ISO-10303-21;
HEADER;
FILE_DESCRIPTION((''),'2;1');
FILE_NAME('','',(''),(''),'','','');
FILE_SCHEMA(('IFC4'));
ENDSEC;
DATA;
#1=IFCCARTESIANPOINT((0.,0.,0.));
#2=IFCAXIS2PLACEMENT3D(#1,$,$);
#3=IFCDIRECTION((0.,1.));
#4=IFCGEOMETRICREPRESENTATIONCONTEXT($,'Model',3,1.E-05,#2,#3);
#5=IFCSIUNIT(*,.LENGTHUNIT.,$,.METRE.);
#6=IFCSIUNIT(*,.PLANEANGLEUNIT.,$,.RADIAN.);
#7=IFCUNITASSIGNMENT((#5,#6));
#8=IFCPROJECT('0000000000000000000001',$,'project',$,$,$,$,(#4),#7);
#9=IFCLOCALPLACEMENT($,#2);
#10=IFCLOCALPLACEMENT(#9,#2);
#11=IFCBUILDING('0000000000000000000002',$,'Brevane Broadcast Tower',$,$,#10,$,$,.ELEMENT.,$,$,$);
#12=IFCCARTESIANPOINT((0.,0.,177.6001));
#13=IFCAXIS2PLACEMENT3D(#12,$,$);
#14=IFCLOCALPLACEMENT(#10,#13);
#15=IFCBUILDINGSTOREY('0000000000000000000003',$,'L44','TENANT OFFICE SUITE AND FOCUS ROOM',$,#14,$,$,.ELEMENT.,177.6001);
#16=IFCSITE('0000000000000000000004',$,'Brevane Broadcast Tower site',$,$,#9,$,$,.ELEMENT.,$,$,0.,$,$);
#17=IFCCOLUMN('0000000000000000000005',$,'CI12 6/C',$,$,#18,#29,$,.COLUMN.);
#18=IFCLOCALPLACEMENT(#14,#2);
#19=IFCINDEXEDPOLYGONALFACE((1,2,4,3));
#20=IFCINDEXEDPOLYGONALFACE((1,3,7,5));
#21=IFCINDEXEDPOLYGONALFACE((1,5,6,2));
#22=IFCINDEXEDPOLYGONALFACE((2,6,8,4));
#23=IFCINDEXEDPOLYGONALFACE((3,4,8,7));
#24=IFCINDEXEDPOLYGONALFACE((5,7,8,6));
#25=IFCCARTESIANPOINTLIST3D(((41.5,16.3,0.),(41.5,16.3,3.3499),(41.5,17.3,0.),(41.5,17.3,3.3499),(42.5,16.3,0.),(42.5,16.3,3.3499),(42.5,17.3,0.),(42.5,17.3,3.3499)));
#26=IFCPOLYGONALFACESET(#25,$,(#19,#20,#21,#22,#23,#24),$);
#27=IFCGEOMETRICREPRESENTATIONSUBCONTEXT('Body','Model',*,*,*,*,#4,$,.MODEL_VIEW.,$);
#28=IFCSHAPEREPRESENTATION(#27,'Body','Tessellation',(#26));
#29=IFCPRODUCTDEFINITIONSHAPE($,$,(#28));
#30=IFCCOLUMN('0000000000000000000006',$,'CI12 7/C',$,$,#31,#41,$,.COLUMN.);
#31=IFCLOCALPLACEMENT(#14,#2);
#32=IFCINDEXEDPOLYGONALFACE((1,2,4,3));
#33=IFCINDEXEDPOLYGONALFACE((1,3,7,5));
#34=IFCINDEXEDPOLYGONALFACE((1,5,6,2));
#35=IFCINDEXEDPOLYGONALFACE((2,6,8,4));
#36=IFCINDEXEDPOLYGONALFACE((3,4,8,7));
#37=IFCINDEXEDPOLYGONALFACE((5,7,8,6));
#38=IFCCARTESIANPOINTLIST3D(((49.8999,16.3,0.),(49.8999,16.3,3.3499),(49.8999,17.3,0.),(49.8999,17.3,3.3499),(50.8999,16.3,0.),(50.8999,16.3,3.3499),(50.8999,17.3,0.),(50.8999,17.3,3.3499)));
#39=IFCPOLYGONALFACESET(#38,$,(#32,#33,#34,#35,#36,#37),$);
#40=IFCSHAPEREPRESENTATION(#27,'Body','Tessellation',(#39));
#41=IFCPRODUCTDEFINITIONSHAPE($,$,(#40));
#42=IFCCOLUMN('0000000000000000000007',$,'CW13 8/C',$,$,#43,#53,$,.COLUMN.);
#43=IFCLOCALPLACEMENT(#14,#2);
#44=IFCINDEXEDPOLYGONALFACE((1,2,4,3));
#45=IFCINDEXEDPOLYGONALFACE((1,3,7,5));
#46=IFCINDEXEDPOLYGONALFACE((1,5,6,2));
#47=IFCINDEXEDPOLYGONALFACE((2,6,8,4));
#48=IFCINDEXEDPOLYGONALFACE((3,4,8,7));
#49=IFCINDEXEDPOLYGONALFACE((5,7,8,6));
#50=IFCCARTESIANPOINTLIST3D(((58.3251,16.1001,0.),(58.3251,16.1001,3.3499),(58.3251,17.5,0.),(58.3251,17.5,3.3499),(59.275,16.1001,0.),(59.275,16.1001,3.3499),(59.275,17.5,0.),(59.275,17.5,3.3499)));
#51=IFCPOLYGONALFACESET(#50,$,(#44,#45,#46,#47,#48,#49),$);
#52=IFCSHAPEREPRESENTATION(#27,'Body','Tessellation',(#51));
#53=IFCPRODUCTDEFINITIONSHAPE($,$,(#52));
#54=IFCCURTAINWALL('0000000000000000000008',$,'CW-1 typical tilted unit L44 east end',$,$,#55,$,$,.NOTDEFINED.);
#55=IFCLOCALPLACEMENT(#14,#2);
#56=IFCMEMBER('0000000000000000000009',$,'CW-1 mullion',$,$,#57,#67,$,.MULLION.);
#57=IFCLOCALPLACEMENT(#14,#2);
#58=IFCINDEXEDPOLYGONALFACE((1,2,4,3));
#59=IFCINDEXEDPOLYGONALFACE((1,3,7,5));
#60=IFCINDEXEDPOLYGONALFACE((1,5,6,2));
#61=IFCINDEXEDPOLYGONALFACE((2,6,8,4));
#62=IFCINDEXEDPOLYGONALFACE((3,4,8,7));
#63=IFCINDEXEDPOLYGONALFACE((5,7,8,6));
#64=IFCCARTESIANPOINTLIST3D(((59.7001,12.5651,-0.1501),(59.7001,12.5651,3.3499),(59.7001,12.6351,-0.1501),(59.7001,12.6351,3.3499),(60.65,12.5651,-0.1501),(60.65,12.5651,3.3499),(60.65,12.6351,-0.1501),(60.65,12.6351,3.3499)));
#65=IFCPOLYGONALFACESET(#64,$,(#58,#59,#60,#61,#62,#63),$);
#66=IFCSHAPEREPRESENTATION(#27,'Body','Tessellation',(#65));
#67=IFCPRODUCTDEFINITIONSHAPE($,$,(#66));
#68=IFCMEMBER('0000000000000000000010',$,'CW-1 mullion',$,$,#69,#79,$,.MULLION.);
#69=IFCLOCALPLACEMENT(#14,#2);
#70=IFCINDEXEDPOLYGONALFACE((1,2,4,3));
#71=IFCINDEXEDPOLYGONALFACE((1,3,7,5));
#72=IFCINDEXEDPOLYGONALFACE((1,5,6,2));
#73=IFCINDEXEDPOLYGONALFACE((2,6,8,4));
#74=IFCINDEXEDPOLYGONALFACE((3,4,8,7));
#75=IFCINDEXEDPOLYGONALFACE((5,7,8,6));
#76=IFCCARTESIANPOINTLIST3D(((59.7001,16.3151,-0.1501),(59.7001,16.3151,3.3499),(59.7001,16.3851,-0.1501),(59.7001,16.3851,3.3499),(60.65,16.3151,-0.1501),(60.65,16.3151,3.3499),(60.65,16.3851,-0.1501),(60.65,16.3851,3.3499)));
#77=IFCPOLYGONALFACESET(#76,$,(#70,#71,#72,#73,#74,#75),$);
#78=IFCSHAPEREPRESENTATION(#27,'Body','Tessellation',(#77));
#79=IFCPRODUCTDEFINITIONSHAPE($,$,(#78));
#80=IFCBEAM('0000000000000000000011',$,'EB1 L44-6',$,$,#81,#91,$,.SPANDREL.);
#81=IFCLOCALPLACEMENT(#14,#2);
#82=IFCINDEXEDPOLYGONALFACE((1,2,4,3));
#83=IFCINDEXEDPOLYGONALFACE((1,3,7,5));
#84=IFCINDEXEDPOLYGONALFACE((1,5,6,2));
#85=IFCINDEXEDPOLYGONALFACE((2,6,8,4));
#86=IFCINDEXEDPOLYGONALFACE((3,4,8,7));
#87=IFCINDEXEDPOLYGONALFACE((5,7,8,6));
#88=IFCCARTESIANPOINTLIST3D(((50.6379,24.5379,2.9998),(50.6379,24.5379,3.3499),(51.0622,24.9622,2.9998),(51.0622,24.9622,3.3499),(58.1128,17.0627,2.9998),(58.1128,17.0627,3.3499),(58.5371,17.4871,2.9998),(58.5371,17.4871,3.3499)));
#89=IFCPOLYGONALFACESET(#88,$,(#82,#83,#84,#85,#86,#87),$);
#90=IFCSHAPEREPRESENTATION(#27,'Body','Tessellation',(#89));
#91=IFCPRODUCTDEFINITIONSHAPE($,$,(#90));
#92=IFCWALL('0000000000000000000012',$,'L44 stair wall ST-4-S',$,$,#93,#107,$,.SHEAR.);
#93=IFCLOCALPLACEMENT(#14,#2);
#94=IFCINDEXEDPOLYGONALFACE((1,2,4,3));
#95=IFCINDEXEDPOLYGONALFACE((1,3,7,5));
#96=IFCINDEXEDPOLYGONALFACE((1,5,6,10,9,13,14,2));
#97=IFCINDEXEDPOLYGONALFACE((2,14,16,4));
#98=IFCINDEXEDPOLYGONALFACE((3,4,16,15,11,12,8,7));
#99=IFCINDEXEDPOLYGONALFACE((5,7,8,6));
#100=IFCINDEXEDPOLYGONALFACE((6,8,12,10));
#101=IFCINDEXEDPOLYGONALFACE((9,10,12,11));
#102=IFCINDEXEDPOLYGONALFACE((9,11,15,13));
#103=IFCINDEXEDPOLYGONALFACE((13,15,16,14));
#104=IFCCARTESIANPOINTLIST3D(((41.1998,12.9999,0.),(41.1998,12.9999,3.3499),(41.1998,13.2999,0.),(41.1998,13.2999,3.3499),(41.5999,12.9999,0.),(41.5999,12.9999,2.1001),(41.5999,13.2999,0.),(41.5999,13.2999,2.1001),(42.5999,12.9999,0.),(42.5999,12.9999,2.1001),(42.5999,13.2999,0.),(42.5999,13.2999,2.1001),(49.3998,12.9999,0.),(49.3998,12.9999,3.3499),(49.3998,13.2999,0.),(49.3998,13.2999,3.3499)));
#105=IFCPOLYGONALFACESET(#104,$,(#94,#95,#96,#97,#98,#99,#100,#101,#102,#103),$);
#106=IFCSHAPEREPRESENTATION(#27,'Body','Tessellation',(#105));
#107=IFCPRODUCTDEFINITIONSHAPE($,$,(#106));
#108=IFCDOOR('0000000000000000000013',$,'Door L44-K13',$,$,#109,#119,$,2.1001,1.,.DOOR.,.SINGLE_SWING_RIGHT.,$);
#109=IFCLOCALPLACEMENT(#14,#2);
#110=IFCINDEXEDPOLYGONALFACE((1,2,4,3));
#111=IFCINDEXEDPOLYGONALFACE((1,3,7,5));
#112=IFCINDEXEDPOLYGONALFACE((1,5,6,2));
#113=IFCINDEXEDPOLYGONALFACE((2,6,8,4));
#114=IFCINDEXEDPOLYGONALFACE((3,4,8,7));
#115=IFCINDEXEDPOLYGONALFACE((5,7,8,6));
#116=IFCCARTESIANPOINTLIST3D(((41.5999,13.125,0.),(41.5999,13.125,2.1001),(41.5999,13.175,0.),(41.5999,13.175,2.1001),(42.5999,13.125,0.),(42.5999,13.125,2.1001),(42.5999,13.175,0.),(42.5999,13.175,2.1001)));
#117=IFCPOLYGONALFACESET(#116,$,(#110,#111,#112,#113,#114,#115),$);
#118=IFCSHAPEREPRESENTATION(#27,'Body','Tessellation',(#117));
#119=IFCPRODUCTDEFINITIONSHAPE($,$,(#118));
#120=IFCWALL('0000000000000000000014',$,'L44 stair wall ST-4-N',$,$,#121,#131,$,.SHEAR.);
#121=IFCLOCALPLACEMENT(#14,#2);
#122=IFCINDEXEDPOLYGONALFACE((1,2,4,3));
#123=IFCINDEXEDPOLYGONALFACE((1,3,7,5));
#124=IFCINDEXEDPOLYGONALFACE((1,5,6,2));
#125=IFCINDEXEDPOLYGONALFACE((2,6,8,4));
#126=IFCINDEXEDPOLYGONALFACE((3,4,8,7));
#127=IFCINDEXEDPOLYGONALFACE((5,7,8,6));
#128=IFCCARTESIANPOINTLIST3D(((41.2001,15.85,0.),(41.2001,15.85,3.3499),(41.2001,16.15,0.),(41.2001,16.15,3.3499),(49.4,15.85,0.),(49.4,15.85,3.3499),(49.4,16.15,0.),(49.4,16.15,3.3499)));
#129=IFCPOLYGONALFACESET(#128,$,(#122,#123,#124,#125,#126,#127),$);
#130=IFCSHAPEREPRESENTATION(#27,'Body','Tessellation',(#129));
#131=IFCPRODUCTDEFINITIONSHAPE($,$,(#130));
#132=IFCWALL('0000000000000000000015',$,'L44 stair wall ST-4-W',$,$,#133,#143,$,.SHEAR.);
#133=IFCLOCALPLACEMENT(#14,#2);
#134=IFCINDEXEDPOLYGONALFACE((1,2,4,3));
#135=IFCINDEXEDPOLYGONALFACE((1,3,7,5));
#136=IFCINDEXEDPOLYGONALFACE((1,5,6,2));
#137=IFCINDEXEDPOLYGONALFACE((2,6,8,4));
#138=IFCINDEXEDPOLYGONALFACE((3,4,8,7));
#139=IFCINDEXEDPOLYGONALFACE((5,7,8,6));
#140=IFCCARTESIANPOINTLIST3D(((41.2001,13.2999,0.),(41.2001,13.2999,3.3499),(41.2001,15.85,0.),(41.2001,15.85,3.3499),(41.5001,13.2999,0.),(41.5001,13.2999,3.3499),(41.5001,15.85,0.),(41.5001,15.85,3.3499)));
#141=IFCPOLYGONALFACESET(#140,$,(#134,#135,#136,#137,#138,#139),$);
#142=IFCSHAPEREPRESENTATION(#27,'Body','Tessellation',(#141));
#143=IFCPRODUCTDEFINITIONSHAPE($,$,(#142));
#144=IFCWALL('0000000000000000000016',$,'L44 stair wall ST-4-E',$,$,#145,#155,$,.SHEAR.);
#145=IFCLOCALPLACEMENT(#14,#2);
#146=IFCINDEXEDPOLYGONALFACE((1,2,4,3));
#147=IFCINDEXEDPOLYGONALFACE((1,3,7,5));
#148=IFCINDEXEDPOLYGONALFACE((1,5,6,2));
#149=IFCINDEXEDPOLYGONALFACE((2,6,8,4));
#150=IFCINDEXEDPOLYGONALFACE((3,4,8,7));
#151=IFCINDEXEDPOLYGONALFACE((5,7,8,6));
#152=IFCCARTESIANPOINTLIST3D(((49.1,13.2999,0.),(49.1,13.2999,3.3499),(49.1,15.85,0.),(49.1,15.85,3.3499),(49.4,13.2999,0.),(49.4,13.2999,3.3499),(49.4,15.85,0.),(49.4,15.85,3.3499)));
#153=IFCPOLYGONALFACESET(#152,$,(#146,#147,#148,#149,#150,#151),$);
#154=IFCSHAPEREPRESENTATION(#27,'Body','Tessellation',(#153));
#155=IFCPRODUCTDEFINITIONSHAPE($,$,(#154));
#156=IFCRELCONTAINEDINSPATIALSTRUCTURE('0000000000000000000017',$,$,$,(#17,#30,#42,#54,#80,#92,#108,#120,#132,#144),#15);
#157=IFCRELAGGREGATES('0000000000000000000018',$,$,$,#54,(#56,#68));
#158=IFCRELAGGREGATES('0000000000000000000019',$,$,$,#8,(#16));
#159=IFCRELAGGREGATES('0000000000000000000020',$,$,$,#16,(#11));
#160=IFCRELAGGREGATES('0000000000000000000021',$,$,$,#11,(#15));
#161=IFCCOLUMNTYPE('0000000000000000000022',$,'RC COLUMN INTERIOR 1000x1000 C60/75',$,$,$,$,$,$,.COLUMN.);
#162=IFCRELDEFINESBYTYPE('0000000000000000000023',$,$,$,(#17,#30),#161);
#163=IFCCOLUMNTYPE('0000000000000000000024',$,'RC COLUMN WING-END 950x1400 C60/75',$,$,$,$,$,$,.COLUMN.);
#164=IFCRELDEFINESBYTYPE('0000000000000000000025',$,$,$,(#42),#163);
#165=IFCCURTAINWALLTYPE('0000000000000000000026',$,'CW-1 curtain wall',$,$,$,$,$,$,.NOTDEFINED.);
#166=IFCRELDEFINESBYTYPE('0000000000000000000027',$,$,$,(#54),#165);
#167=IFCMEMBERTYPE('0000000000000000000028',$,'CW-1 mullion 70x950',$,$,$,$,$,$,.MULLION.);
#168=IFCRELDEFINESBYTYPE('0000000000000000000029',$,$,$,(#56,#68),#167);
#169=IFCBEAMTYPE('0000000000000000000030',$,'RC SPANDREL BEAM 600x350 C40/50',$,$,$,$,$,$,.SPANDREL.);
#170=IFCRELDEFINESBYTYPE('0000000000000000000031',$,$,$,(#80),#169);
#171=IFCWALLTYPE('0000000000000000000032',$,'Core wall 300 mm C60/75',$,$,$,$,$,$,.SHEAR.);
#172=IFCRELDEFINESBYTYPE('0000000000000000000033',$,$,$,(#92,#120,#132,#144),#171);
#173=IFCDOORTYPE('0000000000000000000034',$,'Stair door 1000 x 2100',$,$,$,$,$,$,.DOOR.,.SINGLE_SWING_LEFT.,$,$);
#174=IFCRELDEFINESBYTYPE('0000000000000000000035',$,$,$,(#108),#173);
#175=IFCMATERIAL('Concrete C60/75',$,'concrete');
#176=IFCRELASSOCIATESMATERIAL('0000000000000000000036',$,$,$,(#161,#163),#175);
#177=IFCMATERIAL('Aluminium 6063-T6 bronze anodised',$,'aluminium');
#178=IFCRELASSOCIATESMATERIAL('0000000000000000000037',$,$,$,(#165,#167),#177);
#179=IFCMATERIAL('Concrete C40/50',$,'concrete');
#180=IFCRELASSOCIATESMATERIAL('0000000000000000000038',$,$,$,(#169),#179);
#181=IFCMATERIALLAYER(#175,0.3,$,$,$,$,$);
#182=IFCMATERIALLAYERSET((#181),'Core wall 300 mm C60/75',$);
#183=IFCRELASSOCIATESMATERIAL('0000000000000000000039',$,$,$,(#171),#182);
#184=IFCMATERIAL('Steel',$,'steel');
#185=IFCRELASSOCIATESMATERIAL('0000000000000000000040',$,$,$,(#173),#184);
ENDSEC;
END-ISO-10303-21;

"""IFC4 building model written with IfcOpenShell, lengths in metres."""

from ifc_helpers import new_model, si_unit, direction, frame, frame_2d, origin, origin_2d, place, context, subcontext, project, spatial, rectangle, extrude, material, layer, layer_set, material_profile, profile_set, type_object, element, fill, aggregate, save


model = new_model("IFC4")

# Units and contexts
model_context = context("Model", 3, precision=1e-05, world=origin(), true_north=direction((0.0, 1.0)))
body_context = subcontext(model_context, "Body", "Model", "MODEL_VIEW")
ifc_project = project(units=[si_unit("LENGTHUNIT", "METRE"), si_unit("PLANEANGLEUNIT", "RADIAN")], contexts=[model_context])

# Site, building, storey
site_placement = place(None, origin())
site = spatial("IfcSite", under=ifc_project, at=site_placement, Name="Brevane Broadcast Tower site", CompositionType="ELEMENT", RefElevation=0.0)
building_placement = place(site_placement, origin())
building = spatial("IfcBuilding", under=site, at=building_placement, Name="Brevane Broadcast Tower", CompositionType="ELEMENT")
storey_placement = place(building_placement, frame((0.0, 0.0, 177.6001)))
storey = spatial("IfcBuildingStorey", under=building, at=storey_placement, Name="L44", Description="TENANT OFFICE SUITE AND FOCUS ROOM", CompositionType="ELEMENT", Elevation=177.6001)

# Columns
ifc_material_1 = material(Name="Concrete C60/75", Category="concrete")
ifc_material_profile_1 = material_profile(ifc_material_1, rectangle(XDim=1.0, YDim=1.0, at=origin_2d()), Name="RC 1000x1000")
ifc_profile_set_1 = profile_set([ifc_material_profile_1], Name="Concrete C60/75")
column_type_1 = type_object("IfcColumnType", Name="RC COLUMN INTERIOR 1000x1000 C60/75", PredefinedType="COLUMN", material=ifc_profile_set_1)
for number, where, z_axis, x_axis, name in (
    (1, (42.0, 16.8, 0.0), (0.0, 0.0, 1.0), (1.0, 0.0, 0.0), "CI12 6/C"),
    (2, (50.3999, 16.8, 0.0), (0.0, 0.0, 1.0), (1.0, 0.0, 0.0), "CI12 7/C"),
):
    element("IfcColumn", number, at=place(storey_placement, frame(where, z_axis=z_axis, x_axis=x_axis)), inside=storey, type_object=column_type_1, Name=name, PredefinedType="COLUMN", context=body_context, shape_type="SweptSolid", body=[
        extrude(rectangle(XDim=1.0, YDim=1.0, at=origin_2d()), origin(), (0.0, 0.0, 1.0), 3.3499),
    ])
ifc_material_profile_2 = material_profile(ifc_material_1, rectangle(XDim=0.95, YDim=1.3999, at=origin_2d()), Name="RC 950x1400")
ifc_profile_set_2 = profile_set([ifc_material_profile_2], Name="Concrete C60/75")
column_type_2 = type_object("IfcColumnType", Name="RC COLUMN WING-END 950x1400 C60/75", PredefinedType="COLUMN", material=ifc_profile_set_2)
column_placement = place(storey_placement, frame((58.8, 16.8, 0.0), z_axis=(0.0, 0.0, 1.0), x_axis=(1.0, 0.0, 0.0)))
element("IfcColumn", 3, at=column_placement, inside=storey, type_object=column_type_2, Name="CW13 8/C", PredefinedType="COLUMN", context=body_context, shape_type="SweptSolid", body=[
    extrude(rectangle(XDim=0.95, YDim=1.3999, at=origin_2d()), origin(), (0.0, 0.0, 1.0), 3.3499),
])

# Curtain wall, members
ifc_material_2 = material(Name="Aluminium 6063-T6 bronze anodised", Category="aluminium")
curtain_wall_type = type_object("IfcCurtainWallType", Name="CW-1 curtain wall", PredefinedType="NOTDEFINED", material=ifc_material_2)
curtain_wall_placement = place(storey_placement, origin())
curtain_wall = element("IfcCurtainWall", 4, at=curtain_wall_placement, inside=storey, type_object=curtain_wall_type, Name="CW-1 typical tilted unit L44 east end", PredefinedType="NOTDEFINED")
ifc_material_profile_3 = material_profile(ifc_material_2, rectangle(XDim=0.95, YDim=0.0701, at=origin_2d()), Name="RECT 70x950")
ifc_profile_set_3 = profile_set([ifc_material_profile_3], Name="Aluminium 6063-T6 bronze anodised")
member_type = type_object("IfcMemberType", Name="CW-1 mullion 70x950", PredefinedType="MULLION", material=ifc_profile_set_3)
member_1_placement = place(storey_placement, frame((60.175, 12.6001, -0.1501), z_axis=(0.0, 0.0, 1.0), x_axis=(-1.0, 0.0, 0.0)))
member_1 = element("IfcMember", 5, at=member_1_placement, type_object=member_type, Name="CW-1 mullion", PredefinedType="MULLION", context=body_context, shape_type="SweptSolid", body=[
    extrude(rectangle(XDim=0.95, YDim=0.0701, at=origin_2d()), origin(), (0.0, 0.0, 1.0), 3.5),
])
member_2_placement = place(storey_placement, frame((60.175, 16.3501, -0.1501), z_axis=(0.0, 0.0, 1.0), x_axis=(-1.0, 0.0, 0.0)))
member_2 = element("IfcMember", 6, at=member_2_placement, type_object=member_type, Name="CW-1 mullion", PredefinedType="MULLION", context=body_context, shape_type="SweptSolid", body=[
    extrude(rectangle(XDim=0.95, YDim=0.0701, at=origin_2d()), origin(), (0.0, 0.0, 1.0), 3.5),
])
aggregate(curtain_wall, [member_1, member_2])

# Beam
ifc_material_3 = material(Name="Concrete C40/50", Category="concrete")
ifc_material_profile_4 = material_profile(ifc_material_3, rectangle(XDim=0.6001, YDim=0.3501, at=origin_2d()), Name="RC 600x350")
ifc_profile_set_4 = profile_set([ifc_material_profile_4], Name="Concrete C40/50")
beam_type = type_object("IfcBeamType", Name="RC SPANDREL BEAM 600x350 C40/50", PredefinedType="SPANDREL", material=ifc_profile_set_4)
beam_placement = place(storey_placement, frame((58.325, 17.2749, 3.1748), z_axis=(-0.707095, 0.707118, 0.0), x_axis=(-0.707118, -0.707095, 0.0)))
element("IfcBeam", 7, at=beam_placement, inside=storey, type_object=beam_type, Name="EB1 L44-6", PredefinedType="SPANDREL", context=body_context, shape_type="SweptSolid", body=[
    extrude(rectangle(XDim=0.6001, YDim=0.3501, at=origin_2d()), origin(), (0.0, 0.0, 1.0), 10.5713),
])

# Wall, opening, door
ifc_layer_1 = layer(ifc_material_1, 0.3)
ifc_layer_set_1 = layer_set([ifc_layer_1], Name="Core wall 300 mm C60/75")
wall_type_1 = type_object("IfcWallType", Name="Core wall 300 mm C60/75", PredefinedType="SHEAR", material=ifc_layer_set_1)
wall_1_placement = place(storey_placement, frame((49.3999, 13.1499, 0.0), z_axis=(0.0, 0.0, 1.0), x_axis=(-1.0, 0.0, 0.0)))
wall_1 = element("IfcWall", 8, at=wall_1_placement, inside=storey, type_object=wall_type_1, Name="L44 stair wall ST-4-S", PredefinedType="SHEAR", context=body_context, shape_type="SweptSolid", body=[
    extrude(rectangle(XDim=8.2, YDim=0.3, at=frame_2d((4.1001, 0.0))), origin(), (0.0, 0.0, 1.0), 3.3499),
])
opening_1_placement = place(wall_1_placement, frame((6.8, 0.0, 0.0)))
opening_1 = element("IfcOpeningElement", 9, at=opening_1_placement, cuts=wall_1, PredefinedType="OPENING", context=body_context, shape_type="SweptSolid", body=[
    extrude(rectangle(XDim=1.0, YDim=2.1001, at=frame_2d((0.5, 1.05))), frame((0.0, 0.1599, 0.0), z_axis=(0.0, -1.0, 0.0), x_axis=(1.0, 0.0, 0.0)), (0.0, 0.0, 1.0), 0.3201),
])
ifc_material_4 = material(Name="Steel", Category="steel")
door_type_1 = type_object("IfcDoorType", Name="Stair door 1000 x 2100", OperationType="SINGLE_SWING_LEFT", PredefinedType="DOOR", material=ifc_material_4)
door_1_placement = place(opening_1_placement, origin())
door_1 = element("IfcDoor", 10, at=door_1_placement, inside=storey, type_object=door_type_1, Name="Door L44-K13", OperationType="SINGLE_SWING_RIGHT", OverallHeight=2.1001, OverallWidth=1.0, PredefinedType="DOOR", context=body_context, shape_type="SweptSolid", body=[
    extrude(rectangle(XDim=1.0, YDim=2.1001, at=frame_2d((0.5, 1.05))), frame((0.0, 0.0249, 0.0), z_axis=(0.0, -1.0, 0.0), x_axis=(1.0, 0.0, 0.0)), (0.0, 0.0, 1.0), 0.05),
])
fill(opening_1, door_1)

# Walls
wall_2_placement = place(storey_placement, frame((41.2, 16.0, 0.0), z_axis=(0.0, 0.0, 1.0), x_axis=(1.0, 0.0, 0.0)))
element("IfcWall", 11, at=wall_2_placement, inside=storey, type_object=wall_type_1, Name="L44 stair wall ST-4-N", PredefinedType="SHEAR", context=body_context, shape_type="SweptSolid", body=[
    extrude(rectangle(XDim=8.2, YDim=0.3, at=frame_2d((4.1001, 0.0))), origin(), (0.0, 0.0, 1.0), 3.3499),
])
for number, where, z_axis, x_axis, name in (
    (12, (41.3501, 13.3, 0.0), (0.0, 0.0, 1.0), (0.0, 1.0, 0.0), "L44 stair wall ST-4-W"),
    (13, (49.25, 13.3, 0.0), (0.0, 0.0, 1.0), (0.0, 1.0, 0.0), "L44 stair wall ST-4-E"),
):
    element("IfcWall", number, at=place(storey_placement, frame(where, z_axis=z_axis, x_axis=x_axis)), inside=storey, type_object=wall_type_1, Name=name, PredefinedType="SHEAR", context=body_context, shape_type="SweptSolid", body=[
        extrude(rectangle(XDim=2.55, YDim=0.3, at=frame_2d((1.2749, 0.0))), origin(), (0.0, 0.0, 1.0), 3.3499),
    ])

save(model, "model.ifc")
